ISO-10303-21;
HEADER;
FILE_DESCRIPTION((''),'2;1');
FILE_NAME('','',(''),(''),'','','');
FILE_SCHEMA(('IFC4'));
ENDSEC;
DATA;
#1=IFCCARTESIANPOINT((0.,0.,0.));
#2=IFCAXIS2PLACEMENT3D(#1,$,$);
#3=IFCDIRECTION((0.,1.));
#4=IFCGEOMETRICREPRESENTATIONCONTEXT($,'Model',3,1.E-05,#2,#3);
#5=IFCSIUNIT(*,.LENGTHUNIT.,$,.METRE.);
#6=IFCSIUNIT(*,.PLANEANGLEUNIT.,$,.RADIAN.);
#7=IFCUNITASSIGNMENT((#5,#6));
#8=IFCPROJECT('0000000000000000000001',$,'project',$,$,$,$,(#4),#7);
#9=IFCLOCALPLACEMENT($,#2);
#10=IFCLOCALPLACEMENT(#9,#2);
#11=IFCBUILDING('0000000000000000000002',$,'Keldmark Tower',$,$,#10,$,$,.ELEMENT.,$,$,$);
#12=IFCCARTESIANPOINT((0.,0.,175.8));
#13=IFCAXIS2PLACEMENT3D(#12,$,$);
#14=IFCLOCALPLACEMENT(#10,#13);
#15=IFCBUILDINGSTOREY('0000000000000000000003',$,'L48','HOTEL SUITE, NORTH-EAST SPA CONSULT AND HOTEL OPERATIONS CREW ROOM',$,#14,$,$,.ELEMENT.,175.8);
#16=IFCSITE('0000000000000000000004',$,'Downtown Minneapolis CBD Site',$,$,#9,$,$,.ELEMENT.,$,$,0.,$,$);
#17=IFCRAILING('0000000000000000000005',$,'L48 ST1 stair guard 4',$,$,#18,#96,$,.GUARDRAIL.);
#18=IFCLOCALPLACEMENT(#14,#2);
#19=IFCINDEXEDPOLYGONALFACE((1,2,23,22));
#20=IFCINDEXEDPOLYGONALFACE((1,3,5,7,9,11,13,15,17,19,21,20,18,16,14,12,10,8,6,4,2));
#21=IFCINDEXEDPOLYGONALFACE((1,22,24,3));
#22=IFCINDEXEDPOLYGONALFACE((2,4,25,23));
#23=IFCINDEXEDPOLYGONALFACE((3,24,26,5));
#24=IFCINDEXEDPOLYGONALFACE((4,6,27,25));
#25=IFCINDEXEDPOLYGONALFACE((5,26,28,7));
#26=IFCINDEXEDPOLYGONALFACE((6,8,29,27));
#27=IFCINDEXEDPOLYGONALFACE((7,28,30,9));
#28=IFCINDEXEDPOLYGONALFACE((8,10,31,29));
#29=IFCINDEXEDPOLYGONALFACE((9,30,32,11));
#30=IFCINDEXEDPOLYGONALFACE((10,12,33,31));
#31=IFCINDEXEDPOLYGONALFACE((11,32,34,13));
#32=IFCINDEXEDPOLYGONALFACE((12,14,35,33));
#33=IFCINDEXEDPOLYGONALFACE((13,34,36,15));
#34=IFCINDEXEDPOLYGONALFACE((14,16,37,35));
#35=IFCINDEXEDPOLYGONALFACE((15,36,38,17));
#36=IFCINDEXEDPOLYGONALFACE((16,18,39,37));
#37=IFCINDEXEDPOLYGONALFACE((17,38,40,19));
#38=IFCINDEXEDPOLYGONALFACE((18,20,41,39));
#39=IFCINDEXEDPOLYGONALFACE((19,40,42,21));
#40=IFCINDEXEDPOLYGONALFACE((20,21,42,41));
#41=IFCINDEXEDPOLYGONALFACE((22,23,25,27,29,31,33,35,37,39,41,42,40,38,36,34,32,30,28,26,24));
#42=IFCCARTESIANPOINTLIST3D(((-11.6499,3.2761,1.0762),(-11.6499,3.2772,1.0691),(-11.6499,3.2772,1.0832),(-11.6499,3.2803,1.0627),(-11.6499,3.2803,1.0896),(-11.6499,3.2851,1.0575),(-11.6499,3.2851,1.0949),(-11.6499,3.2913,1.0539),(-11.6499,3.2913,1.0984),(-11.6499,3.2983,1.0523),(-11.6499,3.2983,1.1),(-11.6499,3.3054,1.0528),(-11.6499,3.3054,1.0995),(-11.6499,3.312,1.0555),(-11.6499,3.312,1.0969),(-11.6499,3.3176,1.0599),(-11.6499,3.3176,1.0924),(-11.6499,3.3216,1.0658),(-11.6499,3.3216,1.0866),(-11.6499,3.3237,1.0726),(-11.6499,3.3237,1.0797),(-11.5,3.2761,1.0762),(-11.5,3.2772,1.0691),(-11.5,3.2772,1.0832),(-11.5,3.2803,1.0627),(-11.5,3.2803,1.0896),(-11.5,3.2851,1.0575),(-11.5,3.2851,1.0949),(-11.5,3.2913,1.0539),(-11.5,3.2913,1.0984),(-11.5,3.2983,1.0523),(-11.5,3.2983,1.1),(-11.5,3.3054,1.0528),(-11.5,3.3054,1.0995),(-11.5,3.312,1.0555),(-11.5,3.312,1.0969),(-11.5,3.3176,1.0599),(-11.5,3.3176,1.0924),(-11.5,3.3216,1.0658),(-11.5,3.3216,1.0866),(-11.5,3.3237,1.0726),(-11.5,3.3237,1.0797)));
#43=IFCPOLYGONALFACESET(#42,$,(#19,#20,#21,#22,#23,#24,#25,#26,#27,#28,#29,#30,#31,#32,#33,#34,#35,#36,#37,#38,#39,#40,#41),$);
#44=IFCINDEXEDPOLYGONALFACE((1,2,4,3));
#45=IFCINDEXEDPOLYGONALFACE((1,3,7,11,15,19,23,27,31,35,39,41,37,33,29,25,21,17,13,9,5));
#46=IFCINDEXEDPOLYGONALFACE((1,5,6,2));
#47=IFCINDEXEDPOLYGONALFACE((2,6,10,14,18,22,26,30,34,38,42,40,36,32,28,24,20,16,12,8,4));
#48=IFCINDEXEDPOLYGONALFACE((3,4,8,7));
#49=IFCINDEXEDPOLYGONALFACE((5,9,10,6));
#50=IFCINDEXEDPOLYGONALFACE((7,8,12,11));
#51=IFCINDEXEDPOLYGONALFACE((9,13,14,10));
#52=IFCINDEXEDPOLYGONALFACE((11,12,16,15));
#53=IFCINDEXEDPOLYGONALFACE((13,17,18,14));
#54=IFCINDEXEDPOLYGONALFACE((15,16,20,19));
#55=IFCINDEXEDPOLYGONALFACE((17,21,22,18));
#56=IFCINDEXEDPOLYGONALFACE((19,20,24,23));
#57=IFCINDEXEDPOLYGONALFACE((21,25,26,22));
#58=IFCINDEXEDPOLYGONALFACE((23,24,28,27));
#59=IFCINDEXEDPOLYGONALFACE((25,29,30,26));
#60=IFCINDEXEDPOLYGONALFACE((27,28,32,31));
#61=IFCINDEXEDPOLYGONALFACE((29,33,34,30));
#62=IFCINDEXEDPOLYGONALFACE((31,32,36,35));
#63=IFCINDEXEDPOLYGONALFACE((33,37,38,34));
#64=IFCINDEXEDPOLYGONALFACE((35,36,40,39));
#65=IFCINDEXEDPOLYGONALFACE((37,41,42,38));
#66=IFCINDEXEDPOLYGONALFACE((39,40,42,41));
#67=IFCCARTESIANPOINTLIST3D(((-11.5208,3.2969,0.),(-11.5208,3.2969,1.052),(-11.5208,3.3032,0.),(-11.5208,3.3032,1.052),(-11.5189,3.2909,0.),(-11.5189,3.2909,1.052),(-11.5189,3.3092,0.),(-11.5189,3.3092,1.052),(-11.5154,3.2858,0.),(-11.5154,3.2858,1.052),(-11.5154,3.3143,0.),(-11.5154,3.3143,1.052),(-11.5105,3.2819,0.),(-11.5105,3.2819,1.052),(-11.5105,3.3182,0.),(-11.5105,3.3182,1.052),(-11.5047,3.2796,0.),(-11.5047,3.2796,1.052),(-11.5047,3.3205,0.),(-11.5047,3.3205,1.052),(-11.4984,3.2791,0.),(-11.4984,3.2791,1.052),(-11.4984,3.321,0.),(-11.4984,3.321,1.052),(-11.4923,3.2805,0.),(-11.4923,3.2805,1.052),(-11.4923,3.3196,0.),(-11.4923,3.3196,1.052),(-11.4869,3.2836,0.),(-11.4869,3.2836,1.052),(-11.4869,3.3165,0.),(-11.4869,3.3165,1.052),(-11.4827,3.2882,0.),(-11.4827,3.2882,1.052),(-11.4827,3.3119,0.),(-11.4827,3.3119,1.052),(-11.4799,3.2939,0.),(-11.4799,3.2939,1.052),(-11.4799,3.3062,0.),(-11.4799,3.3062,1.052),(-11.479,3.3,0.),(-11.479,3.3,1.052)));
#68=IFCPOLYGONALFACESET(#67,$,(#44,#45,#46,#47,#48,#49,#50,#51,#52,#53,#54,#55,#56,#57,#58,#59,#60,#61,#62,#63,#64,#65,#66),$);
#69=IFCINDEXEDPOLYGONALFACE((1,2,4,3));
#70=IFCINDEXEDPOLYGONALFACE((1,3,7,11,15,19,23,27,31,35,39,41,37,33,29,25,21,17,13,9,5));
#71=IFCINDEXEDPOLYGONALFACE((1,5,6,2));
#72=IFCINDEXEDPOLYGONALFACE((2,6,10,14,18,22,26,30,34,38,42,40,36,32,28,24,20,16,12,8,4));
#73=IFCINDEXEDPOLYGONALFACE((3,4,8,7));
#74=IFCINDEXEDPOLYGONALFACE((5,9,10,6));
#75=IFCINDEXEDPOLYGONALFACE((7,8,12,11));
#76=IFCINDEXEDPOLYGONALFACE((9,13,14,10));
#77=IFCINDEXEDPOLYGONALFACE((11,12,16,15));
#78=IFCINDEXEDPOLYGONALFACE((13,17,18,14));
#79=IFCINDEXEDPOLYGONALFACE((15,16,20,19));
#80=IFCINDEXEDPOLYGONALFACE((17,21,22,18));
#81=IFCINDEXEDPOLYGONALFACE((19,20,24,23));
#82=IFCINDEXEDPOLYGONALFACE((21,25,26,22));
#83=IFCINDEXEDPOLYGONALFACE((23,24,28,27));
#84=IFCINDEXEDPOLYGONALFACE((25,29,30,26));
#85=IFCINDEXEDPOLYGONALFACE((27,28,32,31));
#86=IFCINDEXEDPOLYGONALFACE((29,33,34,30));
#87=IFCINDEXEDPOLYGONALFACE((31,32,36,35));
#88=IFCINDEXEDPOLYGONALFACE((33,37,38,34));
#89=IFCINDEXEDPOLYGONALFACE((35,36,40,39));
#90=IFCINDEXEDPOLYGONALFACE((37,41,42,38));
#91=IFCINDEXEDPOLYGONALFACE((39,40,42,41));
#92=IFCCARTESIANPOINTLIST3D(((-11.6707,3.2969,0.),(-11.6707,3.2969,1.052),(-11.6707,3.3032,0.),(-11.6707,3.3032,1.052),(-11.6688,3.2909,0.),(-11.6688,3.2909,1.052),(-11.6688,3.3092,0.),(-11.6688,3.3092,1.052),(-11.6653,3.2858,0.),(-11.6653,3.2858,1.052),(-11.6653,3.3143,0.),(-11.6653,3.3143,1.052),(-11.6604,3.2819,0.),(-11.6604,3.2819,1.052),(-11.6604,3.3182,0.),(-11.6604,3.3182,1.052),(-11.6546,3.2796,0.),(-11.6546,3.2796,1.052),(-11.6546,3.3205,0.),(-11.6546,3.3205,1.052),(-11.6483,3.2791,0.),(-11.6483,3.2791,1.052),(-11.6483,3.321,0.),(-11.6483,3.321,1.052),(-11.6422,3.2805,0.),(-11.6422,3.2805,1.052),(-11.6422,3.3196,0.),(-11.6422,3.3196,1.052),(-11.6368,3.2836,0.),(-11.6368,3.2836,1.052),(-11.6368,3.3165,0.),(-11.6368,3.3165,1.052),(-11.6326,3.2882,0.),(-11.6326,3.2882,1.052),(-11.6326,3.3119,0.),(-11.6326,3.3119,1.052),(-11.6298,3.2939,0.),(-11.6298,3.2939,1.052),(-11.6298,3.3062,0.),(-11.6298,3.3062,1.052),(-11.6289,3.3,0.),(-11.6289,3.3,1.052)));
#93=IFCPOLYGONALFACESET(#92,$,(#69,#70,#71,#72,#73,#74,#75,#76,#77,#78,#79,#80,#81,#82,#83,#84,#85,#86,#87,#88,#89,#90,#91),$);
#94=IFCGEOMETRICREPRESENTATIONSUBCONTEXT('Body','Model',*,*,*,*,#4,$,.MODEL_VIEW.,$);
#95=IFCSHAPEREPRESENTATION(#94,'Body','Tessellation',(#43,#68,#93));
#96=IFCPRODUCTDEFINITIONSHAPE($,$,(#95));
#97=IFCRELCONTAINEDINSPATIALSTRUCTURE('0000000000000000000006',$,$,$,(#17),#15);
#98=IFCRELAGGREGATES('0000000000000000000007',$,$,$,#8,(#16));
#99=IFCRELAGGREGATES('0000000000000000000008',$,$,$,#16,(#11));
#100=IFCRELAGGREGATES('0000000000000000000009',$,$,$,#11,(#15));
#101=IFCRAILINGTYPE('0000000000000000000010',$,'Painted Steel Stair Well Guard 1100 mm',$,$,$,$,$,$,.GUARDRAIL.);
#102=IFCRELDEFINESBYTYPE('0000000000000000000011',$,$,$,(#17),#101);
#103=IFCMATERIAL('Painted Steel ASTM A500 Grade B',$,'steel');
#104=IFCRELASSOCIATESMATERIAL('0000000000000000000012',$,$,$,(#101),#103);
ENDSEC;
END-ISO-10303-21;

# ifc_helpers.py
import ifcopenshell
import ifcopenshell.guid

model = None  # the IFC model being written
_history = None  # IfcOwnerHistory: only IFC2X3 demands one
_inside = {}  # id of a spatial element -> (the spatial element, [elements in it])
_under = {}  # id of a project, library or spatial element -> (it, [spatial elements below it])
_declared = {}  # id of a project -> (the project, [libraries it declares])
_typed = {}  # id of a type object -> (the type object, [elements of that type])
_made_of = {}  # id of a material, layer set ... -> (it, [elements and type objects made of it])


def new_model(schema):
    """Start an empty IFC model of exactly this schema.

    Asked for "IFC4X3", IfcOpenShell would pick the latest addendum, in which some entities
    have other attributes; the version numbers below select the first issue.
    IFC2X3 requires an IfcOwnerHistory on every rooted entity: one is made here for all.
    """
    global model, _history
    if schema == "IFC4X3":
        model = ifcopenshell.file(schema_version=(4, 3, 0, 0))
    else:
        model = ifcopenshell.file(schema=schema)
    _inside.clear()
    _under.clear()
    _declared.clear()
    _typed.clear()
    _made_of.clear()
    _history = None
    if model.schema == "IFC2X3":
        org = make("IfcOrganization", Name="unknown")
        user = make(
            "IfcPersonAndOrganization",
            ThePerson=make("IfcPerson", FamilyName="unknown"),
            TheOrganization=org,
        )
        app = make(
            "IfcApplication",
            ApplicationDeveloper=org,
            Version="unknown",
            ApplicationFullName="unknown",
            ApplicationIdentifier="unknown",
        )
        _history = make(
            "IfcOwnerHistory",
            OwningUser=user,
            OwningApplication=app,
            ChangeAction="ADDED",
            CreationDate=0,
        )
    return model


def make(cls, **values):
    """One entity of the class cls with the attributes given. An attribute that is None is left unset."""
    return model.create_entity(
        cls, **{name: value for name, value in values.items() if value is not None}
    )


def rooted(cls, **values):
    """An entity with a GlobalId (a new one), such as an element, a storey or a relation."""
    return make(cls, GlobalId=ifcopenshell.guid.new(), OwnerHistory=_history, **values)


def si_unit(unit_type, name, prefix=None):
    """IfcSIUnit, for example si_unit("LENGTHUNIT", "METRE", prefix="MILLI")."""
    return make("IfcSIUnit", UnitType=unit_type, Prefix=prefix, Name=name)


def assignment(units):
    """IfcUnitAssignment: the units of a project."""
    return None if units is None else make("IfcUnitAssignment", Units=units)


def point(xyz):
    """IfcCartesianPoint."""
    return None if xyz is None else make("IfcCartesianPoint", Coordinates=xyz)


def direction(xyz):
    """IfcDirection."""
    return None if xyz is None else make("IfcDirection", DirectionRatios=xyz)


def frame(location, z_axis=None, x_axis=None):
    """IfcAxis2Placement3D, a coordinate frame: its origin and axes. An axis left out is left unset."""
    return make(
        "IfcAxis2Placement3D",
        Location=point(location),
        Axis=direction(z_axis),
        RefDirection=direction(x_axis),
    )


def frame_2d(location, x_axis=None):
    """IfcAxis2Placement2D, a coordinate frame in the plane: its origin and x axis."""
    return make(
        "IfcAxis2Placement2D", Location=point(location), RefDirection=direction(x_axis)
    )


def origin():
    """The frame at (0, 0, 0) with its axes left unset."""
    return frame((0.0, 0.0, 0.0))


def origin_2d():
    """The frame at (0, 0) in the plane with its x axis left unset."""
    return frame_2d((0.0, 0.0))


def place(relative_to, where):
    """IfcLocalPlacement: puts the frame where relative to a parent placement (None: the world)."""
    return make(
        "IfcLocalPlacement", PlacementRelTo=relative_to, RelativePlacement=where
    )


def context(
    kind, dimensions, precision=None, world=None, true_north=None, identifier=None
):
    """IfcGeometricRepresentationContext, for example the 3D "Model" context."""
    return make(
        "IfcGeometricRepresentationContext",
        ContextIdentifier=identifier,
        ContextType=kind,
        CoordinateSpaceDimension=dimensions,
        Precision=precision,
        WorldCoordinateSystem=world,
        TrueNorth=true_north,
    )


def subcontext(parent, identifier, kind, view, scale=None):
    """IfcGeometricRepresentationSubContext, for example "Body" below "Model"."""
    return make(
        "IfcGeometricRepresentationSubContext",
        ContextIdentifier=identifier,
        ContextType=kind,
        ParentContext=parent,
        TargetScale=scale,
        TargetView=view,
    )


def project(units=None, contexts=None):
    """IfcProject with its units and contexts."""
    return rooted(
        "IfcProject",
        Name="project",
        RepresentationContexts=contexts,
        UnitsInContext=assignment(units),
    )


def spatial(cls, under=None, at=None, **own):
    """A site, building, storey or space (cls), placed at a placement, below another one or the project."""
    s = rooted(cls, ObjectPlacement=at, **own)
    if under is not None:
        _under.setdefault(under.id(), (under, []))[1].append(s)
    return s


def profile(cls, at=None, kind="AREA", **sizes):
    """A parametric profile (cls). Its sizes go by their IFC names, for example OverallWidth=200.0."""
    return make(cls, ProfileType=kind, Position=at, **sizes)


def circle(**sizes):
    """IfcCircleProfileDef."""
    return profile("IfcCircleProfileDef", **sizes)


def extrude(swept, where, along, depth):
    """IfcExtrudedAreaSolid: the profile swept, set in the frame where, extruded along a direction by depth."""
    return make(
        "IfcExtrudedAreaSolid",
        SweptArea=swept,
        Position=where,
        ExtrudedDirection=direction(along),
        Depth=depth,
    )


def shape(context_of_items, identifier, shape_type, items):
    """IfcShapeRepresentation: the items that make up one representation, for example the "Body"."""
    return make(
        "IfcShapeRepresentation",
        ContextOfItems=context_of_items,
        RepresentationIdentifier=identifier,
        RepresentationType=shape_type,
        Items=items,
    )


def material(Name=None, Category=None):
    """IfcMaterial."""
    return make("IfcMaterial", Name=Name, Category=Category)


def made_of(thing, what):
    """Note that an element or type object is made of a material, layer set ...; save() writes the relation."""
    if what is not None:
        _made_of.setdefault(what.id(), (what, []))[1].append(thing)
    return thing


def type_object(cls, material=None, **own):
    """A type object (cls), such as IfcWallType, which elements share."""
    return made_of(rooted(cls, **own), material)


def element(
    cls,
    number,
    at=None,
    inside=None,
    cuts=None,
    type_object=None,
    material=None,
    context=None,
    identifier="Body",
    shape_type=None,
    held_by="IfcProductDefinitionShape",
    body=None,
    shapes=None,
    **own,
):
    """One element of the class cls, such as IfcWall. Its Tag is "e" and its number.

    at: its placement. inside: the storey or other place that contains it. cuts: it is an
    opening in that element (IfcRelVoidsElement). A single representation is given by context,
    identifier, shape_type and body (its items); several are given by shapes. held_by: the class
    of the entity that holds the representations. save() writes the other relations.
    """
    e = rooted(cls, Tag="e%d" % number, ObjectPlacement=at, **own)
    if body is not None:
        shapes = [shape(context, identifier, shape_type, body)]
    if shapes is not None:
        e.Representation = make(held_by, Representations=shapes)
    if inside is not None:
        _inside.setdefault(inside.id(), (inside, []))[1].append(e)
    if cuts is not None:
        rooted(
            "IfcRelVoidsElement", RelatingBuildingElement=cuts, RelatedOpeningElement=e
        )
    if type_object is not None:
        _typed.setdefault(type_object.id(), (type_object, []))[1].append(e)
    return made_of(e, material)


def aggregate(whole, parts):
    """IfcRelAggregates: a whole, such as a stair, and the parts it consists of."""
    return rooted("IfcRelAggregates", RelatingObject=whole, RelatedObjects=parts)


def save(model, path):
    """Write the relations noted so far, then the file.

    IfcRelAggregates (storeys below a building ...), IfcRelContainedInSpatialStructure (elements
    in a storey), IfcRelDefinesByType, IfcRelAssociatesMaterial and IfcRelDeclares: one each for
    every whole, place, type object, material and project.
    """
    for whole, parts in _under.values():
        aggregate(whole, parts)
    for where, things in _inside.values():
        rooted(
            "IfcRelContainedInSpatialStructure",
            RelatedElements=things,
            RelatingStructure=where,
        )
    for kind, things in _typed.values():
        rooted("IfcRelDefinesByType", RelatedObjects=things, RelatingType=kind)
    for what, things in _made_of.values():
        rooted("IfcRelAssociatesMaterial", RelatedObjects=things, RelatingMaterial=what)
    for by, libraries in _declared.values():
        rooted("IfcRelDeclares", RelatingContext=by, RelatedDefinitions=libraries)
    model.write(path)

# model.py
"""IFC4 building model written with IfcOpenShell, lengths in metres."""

from ifc_helpers import new_model, si_unit, direction, frame, origin, origin_2d, place, context, subcontext, project, spatial, circle, extrude, material, type_object, element, save


model = new_model("IFC4")

# Units and contexts
model_context = context("Model", 3, precision=1e-05, world=origin(), true_north=direction((0.0, 1.0)))
body_context = subcontext(model_context, "Body", "Model", "MODEL_VIEW")
ifc_project = project(units=[si_unit("LENGTHUNIT", "METRE"), si_unit("PLANEANGLEUNIT", "RADIAN")], contexts=[model_context])

# Site, building, storey
site_placement = place(None, origin())
site = spatial("IfcSite", under=ifc_project, at=site_placement, Name="Downtown Minneapolis CBD Site", CompositionType="ELEMENT", RefElevation=0.0)
building_placement = place(site_placement, origin())
building = spatial("IfcBuilding", under=site, at=building_placement, Name="Keldmark Tower", CompositionType="ELEMENT")
storey_placement = place(building_placement, frame((0.0, 0.0, 175.8)))
storey = spatial("IfcBuildingStorey", under=building, at=storey_placement, Name="L48", Description="HOTEL SUITE, NORTH-EAST SPA CONSULT AND HOTEL OPERATIONS CREW ROOM", CompositionType="ELEMENT", Elevation=175.8)

# Railing
ifc_material_1 = material(Name="Painted Steel ASTM A500 Grade B", Category="steel")
railing_type_1 = type_object("IfcRailingType", Name="Painted Steel Stair Well Guard 1100 mm", PredefinedType="GUARDRAIL", material=ifc_material_1)
railing_1_placement = place(storey_placement, frame((-11.5, 3.3, 0.0)))
element("IfcRailing", 1, at=railing_1_placement, inside=storey, type_object=railing_type_1, Name="L48 ST1 stair guard 4", PredefinedType="GUARDRAIL", context=body_context, shape_type="SweptSolid", body=[
    extrude(circle(Radius=0.0239, at=origin_2d()), frame((0.0, 0.0, 1.0762), z_axis=(-1.0, 0.0, 0.0), x_axis=(0.0, -1.0, 0.0)), (0.0, 0.0, 1.0), 0.1499),
    extrude(circle(Radius=0.021, at=origin_2d()), origin(), (0.0, 0.0, 1.0), 1.052),
    extrude(circle(Radius=0.021, at=origin_2d()), frame((-0.1499, 0.0, 0.0)), (0.0, 0.0, 1.0), 1.052),
])

save(model, "model.ifc")
